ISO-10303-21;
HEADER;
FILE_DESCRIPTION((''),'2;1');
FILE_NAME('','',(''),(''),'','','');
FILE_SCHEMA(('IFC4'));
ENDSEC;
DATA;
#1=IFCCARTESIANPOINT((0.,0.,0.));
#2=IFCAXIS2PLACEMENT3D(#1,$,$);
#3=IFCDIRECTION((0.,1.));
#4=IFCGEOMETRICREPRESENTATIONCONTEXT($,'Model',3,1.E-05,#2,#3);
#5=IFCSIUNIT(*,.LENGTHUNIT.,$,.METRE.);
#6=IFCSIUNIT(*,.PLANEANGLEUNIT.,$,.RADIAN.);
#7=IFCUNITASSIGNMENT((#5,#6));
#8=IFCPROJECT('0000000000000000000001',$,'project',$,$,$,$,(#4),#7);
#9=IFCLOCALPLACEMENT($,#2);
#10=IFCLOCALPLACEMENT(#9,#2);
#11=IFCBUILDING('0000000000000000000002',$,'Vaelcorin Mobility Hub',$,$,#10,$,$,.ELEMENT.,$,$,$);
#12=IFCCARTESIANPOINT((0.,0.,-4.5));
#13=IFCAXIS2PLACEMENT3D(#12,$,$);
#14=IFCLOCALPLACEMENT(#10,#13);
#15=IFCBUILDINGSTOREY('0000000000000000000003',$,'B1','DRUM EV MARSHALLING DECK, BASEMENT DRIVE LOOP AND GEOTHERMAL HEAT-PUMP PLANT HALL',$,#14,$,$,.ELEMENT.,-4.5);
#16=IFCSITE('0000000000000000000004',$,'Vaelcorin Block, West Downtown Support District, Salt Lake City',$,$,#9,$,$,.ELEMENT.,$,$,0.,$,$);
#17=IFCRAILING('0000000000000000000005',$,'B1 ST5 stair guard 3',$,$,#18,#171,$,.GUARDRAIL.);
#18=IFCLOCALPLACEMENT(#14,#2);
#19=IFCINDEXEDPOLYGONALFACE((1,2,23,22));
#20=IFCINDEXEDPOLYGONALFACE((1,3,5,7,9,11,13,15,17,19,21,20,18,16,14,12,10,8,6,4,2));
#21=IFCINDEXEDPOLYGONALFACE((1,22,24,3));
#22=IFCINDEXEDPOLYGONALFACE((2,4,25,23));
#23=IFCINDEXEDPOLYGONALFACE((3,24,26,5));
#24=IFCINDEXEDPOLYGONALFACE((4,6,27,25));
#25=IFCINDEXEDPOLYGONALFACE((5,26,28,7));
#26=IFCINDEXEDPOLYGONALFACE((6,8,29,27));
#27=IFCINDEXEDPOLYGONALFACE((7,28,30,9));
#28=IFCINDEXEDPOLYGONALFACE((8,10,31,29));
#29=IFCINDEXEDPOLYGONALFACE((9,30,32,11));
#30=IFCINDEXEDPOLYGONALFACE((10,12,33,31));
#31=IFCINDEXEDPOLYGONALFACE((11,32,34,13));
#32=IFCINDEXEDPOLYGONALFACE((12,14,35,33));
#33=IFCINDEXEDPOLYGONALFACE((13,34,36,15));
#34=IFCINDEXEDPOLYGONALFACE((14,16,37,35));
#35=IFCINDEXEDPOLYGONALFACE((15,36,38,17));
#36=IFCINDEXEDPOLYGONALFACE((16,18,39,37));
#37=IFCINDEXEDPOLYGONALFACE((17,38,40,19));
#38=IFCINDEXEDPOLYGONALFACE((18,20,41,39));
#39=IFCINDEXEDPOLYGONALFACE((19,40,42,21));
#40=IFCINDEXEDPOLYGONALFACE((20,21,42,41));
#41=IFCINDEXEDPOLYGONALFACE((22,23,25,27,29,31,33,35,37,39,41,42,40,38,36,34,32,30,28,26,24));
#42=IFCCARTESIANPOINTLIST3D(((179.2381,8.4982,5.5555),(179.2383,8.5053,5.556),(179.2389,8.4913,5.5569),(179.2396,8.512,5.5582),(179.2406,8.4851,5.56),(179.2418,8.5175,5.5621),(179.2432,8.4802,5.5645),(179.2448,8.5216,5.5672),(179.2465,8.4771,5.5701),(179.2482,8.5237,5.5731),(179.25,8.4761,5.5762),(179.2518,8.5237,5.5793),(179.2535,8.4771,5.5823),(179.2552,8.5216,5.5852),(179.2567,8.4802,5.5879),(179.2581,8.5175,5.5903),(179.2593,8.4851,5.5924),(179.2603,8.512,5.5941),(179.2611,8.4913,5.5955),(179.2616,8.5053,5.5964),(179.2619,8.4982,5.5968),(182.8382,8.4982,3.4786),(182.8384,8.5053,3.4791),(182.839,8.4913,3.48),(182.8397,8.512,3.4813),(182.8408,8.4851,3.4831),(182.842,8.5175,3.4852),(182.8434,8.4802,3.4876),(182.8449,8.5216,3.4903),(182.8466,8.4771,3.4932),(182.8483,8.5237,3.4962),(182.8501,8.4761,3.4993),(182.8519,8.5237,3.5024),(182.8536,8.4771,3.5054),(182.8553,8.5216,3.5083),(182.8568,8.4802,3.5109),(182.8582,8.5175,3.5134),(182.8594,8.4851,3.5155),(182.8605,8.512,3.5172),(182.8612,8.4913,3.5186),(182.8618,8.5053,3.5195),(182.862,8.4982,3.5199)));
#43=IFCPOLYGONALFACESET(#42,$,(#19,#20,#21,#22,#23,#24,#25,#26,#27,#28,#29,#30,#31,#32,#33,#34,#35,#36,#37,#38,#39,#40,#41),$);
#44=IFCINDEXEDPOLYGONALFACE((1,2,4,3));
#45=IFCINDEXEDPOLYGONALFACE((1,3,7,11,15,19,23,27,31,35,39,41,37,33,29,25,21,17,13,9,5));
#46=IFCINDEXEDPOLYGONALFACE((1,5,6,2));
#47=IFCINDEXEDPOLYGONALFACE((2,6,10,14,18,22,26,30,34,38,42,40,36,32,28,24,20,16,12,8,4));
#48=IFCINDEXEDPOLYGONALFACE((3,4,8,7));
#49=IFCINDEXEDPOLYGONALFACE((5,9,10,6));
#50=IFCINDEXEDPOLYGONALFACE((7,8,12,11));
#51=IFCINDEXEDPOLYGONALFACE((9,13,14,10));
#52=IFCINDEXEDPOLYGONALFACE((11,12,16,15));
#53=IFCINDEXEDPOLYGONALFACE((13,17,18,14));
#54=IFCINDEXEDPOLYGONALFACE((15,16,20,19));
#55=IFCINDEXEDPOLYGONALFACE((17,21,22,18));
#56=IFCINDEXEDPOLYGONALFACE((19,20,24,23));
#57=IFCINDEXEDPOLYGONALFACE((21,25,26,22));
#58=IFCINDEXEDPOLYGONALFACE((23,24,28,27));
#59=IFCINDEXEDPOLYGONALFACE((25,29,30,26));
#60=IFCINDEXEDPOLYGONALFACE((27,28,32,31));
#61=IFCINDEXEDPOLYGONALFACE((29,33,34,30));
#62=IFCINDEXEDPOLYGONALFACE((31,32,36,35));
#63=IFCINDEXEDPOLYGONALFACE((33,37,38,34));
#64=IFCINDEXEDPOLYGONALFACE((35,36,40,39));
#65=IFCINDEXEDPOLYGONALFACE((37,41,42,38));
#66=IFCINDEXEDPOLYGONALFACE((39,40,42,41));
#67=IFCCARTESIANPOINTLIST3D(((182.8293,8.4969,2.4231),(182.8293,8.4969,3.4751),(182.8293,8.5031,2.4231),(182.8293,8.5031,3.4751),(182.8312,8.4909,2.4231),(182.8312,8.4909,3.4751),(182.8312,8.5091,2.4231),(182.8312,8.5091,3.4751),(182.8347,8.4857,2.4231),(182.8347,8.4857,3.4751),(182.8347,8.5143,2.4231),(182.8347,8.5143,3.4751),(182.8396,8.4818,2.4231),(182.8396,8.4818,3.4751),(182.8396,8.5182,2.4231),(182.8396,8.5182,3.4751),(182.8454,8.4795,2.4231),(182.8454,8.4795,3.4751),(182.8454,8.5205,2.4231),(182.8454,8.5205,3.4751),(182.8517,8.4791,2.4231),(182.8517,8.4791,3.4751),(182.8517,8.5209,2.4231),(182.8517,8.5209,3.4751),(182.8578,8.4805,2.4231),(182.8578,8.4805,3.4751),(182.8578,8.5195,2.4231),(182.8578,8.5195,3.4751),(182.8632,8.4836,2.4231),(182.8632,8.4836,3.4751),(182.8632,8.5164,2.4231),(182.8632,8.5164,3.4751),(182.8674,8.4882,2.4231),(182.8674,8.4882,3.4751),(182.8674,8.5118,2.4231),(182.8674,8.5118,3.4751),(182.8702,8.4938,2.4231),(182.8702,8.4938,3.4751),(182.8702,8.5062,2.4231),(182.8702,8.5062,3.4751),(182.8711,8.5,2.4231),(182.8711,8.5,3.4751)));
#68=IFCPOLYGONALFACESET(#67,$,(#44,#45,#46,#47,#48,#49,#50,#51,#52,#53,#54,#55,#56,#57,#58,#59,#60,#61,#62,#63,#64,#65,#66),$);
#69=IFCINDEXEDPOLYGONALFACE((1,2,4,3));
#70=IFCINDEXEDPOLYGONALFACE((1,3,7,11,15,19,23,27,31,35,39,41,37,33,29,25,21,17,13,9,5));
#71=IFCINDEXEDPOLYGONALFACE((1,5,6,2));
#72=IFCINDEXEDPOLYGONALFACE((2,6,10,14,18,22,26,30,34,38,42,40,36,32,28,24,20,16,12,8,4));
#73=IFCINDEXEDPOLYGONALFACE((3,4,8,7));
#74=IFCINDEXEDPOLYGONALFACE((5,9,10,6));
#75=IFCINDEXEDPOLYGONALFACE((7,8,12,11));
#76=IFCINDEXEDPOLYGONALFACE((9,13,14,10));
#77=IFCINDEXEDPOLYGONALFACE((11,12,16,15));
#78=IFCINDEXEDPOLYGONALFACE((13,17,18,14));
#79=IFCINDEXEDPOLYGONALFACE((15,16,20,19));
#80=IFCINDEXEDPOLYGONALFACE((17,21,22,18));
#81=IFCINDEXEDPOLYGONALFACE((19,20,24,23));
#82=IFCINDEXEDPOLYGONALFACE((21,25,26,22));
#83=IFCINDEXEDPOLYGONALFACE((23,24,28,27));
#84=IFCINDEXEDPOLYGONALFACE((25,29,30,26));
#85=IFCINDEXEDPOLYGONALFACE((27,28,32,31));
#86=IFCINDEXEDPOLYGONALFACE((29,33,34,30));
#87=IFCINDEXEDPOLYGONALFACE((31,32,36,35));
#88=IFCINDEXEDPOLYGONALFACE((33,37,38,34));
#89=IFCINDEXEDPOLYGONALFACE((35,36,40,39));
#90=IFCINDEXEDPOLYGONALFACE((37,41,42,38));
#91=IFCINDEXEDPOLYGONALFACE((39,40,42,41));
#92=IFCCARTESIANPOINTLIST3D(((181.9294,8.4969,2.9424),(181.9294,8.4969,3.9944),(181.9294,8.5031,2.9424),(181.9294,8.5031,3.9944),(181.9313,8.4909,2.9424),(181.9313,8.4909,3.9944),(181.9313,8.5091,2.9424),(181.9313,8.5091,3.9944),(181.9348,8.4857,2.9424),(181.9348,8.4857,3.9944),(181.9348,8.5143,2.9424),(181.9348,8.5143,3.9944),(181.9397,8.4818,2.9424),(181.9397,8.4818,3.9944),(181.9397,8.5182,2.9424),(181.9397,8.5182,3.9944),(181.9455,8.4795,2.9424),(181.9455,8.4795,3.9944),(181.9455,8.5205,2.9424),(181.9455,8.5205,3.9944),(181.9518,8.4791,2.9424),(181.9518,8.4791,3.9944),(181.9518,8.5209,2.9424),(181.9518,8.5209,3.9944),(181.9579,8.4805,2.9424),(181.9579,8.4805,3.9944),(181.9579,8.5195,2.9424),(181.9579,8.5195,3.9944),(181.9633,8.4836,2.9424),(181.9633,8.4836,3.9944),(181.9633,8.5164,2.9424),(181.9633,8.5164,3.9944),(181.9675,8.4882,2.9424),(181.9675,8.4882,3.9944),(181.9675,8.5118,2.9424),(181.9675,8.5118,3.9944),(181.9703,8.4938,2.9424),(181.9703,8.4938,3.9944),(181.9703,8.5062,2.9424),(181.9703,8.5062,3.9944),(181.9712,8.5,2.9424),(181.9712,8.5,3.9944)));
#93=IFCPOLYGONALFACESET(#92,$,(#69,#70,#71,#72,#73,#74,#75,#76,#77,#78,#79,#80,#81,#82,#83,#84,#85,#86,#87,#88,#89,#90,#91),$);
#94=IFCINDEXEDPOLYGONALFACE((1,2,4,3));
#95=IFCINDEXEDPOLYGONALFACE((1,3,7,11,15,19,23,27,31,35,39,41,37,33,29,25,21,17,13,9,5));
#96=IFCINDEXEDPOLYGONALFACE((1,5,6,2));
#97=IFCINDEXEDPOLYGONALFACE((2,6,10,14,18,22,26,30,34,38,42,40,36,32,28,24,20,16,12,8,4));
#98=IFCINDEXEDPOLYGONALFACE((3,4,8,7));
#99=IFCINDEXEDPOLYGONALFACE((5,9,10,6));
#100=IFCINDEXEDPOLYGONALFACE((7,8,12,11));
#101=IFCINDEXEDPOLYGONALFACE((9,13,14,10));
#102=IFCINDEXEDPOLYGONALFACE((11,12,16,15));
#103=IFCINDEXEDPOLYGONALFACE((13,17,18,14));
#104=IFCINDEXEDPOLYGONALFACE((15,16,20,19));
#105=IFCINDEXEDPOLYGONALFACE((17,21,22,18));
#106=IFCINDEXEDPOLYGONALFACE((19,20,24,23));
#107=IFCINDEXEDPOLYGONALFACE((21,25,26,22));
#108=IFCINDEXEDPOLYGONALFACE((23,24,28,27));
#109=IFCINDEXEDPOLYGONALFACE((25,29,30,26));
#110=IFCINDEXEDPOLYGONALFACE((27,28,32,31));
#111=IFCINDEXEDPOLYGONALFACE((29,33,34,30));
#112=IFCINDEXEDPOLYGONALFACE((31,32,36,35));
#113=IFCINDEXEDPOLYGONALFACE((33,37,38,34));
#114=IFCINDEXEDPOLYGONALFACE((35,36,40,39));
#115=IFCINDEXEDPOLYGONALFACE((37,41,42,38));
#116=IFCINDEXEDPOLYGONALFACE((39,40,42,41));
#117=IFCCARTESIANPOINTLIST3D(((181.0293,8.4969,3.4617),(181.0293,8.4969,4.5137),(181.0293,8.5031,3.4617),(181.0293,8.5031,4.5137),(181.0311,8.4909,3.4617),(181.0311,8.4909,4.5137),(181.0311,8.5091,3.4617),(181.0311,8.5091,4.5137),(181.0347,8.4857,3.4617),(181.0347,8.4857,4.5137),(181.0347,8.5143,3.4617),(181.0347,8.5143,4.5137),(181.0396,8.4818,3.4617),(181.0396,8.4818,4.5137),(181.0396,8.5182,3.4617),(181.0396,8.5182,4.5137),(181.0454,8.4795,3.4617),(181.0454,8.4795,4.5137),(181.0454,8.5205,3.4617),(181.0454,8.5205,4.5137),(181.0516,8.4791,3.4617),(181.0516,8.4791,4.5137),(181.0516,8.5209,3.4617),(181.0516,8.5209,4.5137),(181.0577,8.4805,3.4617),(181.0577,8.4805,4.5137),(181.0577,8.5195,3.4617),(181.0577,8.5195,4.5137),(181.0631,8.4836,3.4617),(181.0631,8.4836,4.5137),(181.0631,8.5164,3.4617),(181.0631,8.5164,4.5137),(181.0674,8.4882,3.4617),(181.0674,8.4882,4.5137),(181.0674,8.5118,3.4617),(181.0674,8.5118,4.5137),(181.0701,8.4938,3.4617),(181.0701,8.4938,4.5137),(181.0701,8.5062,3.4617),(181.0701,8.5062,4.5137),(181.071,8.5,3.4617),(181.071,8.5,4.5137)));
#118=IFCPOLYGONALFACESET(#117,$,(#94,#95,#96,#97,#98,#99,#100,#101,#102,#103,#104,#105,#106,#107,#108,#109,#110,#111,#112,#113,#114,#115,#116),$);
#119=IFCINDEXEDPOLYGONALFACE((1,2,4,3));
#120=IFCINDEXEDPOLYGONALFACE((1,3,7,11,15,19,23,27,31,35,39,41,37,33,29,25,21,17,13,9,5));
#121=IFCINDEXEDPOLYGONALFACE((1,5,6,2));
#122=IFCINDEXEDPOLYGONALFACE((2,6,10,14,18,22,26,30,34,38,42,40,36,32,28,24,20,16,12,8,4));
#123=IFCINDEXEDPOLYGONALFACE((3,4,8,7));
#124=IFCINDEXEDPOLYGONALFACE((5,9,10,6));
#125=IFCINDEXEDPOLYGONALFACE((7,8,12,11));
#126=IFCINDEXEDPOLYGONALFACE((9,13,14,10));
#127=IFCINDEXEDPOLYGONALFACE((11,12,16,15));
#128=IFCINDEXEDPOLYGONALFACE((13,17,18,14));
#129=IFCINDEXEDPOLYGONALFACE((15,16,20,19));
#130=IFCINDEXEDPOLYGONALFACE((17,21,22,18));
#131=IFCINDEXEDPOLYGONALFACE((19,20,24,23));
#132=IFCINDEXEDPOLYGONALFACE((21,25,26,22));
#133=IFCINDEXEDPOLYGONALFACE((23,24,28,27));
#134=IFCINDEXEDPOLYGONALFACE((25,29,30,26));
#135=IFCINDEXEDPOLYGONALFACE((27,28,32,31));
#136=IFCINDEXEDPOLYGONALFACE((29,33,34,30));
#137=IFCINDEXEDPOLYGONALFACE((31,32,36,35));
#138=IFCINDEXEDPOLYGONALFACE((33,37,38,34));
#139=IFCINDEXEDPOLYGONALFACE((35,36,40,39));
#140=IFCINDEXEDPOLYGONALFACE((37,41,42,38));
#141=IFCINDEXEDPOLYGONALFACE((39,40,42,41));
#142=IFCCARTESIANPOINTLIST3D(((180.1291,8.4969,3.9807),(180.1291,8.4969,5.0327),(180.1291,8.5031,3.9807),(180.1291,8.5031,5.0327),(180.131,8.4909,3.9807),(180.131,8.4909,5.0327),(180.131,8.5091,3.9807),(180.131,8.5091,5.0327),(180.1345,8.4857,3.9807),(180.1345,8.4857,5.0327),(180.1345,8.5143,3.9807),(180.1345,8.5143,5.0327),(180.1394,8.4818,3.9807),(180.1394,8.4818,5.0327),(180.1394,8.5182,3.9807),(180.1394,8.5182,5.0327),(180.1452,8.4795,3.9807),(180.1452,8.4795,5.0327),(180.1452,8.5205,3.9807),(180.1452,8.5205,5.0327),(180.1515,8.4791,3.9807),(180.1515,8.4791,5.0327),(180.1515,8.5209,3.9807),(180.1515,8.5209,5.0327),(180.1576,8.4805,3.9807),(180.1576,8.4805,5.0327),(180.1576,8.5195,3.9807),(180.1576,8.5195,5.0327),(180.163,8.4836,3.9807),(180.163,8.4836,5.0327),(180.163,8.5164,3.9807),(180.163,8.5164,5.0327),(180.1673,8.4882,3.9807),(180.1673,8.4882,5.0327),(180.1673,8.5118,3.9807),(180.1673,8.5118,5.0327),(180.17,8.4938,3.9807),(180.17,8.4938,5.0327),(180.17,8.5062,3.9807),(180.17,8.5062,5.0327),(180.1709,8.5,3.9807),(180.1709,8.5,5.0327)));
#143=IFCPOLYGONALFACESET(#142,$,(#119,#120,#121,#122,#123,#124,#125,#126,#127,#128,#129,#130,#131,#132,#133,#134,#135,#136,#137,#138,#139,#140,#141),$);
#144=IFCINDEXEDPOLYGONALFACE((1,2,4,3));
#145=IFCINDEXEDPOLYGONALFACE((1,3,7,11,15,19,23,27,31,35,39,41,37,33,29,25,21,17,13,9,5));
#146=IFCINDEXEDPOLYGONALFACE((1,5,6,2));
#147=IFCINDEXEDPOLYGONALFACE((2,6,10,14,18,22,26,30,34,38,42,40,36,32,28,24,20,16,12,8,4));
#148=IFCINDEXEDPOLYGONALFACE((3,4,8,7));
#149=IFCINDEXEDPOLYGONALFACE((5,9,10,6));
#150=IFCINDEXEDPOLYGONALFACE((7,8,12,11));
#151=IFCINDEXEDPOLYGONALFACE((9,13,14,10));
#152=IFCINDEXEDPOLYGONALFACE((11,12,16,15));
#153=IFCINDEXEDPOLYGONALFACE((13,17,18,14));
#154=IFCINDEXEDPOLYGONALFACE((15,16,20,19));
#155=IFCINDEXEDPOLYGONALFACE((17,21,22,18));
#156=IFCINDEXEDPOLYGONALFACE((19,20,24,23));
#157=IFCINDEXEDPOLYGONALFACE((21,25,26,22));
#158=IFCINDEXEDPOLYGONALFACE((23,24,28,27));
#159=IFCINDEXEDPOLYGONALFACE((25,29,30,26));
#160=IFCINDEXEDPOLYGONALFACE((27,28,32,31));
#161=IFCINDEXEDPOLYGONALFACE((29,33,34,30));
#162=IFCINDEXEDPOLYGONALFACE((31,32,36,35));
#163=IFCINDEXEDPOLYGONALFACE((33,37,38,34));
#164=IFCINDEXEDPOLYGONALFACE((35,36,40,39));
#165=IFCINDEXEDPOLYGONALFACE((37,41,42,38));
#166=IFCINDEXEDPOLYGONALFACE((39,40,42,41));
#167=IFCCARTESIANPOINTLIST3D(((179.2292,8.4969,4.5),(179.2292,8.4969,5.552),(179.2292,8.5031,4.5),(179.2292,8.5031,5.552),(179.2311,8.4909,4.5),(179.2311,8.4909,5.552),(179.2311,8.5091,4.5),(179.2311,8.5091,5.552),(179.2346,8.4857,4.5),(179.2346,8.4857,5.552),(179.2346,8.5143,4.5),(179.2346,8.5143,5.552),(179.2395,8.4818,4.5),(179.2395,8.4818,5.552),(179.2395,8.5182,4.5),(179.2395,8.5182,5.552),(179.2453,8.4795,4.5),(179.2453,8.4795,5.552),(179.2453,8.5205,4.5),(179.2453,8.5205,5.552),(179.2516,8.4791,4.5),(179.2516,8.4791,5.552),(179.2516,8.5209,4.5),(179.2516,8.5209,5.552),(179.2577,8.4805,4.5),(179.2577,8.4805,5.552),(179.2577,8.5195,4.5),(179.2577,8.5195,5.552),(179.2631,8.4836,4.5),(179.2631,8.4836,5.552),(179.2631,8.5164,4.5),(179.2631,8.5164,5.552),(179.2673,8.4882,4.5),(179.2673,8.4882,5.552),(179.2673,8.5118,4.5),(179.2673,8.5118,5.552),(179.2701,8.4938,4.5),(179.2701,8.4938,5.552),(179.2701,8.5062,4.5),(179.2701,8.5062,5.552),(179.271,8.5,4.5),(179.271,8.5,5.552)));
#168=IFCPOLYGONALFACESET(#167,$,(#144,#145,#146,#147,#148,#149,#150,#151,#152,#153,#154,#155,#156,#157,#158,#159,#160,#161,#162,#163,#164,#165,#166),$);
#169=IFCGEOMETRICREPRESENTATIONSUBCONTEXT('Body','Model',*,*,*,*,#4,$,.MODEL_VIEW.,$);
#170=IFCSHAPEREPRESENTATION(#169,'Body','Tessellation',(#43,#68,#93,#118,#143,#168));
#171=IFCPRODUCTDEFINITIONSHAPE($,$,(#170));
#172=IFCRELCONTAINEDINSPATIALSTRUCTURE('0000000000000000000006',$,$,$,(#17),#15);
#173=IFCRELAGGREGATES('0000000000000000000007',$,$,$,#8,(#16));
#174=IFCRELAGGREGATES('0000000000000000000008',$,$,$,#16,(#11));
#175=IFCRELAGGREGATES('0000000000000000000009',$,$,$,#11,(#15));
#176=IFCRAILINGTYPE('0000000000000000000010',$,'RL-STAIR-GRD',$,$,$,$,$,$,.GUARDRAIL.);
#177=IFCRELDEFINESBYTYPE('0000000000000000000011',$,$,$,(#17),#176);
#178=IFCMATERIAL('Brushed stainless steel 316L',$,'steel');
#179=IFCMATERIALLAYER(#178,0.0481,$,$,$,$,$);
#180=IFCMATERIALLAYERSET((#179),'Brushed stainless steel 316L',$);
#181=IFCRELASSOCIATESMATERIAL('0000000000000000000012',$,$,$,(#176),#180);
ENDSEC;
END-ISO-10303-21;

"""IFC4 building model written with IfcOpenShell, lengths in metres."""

from ifc_helpers import new_model, si_unit, direction, frame, origin, origin_2d, place, context, subcontext, project, spatial, circle, extrude, material, layer, layer_set, type_object, element, save


model = new_model("IFC4")

# Units and contexts
model_context = context("Model", 3, precision=1e-05, world=origin(), true_north=direction((0.0, 1.0)))
body_context = subcontext(model_context, "Body", "Model", "MODEL_VIEW")
ifc_project = project(units=[si_unit("LENGTHUNIT", "METRE"), si_unit("PLANEANGLEUNIT", "RADIAN")], contexts=[model_context])

# Site, building, storey
site_placement = place(None, origin())
site = spatial("IfcSite", under=ifc_project, at=site_placement, Name="Vaelcorin Block, West Downtown Support District, Salt Lake City", CompositionType="ELEMENT", RefElevation=0.0)
building_placement = place(site_placement, origin())
building = spatial("IfcBuilding", under=site, at=building_placement, Name="Vaelcorin Mobility Hub", CompositionType="ELEMENT")
storey_placement = place(building_placement, frame((0.0, 0.0, -4.5)))
storey = spatial("IfcBuildingStorey", under=building, at=storey_placement, Name="B1", Description="DRUM EV MARSHALLING DECK, BASEMENT DRIVE LOOP AND GEOTHERMAL HEAT-PUMP PLANT HALL", CompositionType="ELEMENT", Elevation=-4.5)

# Railing
ifc_material_1 = material(Name="Brushed stainless steel 316L", Category="steel")
ifc_layer_1 = layer(ifc_material_1, 0.0481)
ifc_layer_set_1 = layer_set([ifc_layer_1], Name="Brushed stainless steel 316L")
railing_type_1 = type_object("IfcRailingType", Name="RL-STAIR-GRD", PredefinedType="GUARDRAIL", material=ifc_layer_set_1)
railing_1_placement = place(storey_placement, frame((182.8501, 8.5, 2.4231)))
element("IfcRailing", 1, at=railing_1_placement, inside=storey, type_object=railing_type_1, Name="B1 ST5 stair guard 3", PredefinedType="GUARDRAIL", context=body_context, shape_type="SweptSolid", body=[
    extrude(circle(Radius=0.0239, at=origin_2d()), frame((0.0, 0.0, 1.0762), z_axis=(-0.866193, 0.0, 0.499709), x_axis=(0.0, -1.0, 0.0)), (0.0, 0.0, 1.0), 4.1562),
    extrude(circle(Radius=0.021, at=origin_2d()), origin(), (0.0, 0.0, 1.0), 1.052),
    extrude(circle(Radius=0.021, at=origin_2d()), frame((-0.8999, 0.0, 0.5193)), (0.0, 0.0, 1.0), 1.052),
    extrude(circle(Radius=0.021, at=origin_2d()), frame((-1.8, 0.0, 1.0386)), (0.0, 0.0, 1.0), 1.052),
    extrude(circle(Radius=0.021, at=origin_2d()), frame((-2.7002, 0.0, 1.5576)), (0.0, 0.0, 1.0), 1.052),
    extrude(circle(Radius=0.021, at=origin_2d()), frame((-3.6001, 0.0, 2.0769)), (0.0, 0.0, 1.0), 1.052),
])

save(model, "model.ifc")
